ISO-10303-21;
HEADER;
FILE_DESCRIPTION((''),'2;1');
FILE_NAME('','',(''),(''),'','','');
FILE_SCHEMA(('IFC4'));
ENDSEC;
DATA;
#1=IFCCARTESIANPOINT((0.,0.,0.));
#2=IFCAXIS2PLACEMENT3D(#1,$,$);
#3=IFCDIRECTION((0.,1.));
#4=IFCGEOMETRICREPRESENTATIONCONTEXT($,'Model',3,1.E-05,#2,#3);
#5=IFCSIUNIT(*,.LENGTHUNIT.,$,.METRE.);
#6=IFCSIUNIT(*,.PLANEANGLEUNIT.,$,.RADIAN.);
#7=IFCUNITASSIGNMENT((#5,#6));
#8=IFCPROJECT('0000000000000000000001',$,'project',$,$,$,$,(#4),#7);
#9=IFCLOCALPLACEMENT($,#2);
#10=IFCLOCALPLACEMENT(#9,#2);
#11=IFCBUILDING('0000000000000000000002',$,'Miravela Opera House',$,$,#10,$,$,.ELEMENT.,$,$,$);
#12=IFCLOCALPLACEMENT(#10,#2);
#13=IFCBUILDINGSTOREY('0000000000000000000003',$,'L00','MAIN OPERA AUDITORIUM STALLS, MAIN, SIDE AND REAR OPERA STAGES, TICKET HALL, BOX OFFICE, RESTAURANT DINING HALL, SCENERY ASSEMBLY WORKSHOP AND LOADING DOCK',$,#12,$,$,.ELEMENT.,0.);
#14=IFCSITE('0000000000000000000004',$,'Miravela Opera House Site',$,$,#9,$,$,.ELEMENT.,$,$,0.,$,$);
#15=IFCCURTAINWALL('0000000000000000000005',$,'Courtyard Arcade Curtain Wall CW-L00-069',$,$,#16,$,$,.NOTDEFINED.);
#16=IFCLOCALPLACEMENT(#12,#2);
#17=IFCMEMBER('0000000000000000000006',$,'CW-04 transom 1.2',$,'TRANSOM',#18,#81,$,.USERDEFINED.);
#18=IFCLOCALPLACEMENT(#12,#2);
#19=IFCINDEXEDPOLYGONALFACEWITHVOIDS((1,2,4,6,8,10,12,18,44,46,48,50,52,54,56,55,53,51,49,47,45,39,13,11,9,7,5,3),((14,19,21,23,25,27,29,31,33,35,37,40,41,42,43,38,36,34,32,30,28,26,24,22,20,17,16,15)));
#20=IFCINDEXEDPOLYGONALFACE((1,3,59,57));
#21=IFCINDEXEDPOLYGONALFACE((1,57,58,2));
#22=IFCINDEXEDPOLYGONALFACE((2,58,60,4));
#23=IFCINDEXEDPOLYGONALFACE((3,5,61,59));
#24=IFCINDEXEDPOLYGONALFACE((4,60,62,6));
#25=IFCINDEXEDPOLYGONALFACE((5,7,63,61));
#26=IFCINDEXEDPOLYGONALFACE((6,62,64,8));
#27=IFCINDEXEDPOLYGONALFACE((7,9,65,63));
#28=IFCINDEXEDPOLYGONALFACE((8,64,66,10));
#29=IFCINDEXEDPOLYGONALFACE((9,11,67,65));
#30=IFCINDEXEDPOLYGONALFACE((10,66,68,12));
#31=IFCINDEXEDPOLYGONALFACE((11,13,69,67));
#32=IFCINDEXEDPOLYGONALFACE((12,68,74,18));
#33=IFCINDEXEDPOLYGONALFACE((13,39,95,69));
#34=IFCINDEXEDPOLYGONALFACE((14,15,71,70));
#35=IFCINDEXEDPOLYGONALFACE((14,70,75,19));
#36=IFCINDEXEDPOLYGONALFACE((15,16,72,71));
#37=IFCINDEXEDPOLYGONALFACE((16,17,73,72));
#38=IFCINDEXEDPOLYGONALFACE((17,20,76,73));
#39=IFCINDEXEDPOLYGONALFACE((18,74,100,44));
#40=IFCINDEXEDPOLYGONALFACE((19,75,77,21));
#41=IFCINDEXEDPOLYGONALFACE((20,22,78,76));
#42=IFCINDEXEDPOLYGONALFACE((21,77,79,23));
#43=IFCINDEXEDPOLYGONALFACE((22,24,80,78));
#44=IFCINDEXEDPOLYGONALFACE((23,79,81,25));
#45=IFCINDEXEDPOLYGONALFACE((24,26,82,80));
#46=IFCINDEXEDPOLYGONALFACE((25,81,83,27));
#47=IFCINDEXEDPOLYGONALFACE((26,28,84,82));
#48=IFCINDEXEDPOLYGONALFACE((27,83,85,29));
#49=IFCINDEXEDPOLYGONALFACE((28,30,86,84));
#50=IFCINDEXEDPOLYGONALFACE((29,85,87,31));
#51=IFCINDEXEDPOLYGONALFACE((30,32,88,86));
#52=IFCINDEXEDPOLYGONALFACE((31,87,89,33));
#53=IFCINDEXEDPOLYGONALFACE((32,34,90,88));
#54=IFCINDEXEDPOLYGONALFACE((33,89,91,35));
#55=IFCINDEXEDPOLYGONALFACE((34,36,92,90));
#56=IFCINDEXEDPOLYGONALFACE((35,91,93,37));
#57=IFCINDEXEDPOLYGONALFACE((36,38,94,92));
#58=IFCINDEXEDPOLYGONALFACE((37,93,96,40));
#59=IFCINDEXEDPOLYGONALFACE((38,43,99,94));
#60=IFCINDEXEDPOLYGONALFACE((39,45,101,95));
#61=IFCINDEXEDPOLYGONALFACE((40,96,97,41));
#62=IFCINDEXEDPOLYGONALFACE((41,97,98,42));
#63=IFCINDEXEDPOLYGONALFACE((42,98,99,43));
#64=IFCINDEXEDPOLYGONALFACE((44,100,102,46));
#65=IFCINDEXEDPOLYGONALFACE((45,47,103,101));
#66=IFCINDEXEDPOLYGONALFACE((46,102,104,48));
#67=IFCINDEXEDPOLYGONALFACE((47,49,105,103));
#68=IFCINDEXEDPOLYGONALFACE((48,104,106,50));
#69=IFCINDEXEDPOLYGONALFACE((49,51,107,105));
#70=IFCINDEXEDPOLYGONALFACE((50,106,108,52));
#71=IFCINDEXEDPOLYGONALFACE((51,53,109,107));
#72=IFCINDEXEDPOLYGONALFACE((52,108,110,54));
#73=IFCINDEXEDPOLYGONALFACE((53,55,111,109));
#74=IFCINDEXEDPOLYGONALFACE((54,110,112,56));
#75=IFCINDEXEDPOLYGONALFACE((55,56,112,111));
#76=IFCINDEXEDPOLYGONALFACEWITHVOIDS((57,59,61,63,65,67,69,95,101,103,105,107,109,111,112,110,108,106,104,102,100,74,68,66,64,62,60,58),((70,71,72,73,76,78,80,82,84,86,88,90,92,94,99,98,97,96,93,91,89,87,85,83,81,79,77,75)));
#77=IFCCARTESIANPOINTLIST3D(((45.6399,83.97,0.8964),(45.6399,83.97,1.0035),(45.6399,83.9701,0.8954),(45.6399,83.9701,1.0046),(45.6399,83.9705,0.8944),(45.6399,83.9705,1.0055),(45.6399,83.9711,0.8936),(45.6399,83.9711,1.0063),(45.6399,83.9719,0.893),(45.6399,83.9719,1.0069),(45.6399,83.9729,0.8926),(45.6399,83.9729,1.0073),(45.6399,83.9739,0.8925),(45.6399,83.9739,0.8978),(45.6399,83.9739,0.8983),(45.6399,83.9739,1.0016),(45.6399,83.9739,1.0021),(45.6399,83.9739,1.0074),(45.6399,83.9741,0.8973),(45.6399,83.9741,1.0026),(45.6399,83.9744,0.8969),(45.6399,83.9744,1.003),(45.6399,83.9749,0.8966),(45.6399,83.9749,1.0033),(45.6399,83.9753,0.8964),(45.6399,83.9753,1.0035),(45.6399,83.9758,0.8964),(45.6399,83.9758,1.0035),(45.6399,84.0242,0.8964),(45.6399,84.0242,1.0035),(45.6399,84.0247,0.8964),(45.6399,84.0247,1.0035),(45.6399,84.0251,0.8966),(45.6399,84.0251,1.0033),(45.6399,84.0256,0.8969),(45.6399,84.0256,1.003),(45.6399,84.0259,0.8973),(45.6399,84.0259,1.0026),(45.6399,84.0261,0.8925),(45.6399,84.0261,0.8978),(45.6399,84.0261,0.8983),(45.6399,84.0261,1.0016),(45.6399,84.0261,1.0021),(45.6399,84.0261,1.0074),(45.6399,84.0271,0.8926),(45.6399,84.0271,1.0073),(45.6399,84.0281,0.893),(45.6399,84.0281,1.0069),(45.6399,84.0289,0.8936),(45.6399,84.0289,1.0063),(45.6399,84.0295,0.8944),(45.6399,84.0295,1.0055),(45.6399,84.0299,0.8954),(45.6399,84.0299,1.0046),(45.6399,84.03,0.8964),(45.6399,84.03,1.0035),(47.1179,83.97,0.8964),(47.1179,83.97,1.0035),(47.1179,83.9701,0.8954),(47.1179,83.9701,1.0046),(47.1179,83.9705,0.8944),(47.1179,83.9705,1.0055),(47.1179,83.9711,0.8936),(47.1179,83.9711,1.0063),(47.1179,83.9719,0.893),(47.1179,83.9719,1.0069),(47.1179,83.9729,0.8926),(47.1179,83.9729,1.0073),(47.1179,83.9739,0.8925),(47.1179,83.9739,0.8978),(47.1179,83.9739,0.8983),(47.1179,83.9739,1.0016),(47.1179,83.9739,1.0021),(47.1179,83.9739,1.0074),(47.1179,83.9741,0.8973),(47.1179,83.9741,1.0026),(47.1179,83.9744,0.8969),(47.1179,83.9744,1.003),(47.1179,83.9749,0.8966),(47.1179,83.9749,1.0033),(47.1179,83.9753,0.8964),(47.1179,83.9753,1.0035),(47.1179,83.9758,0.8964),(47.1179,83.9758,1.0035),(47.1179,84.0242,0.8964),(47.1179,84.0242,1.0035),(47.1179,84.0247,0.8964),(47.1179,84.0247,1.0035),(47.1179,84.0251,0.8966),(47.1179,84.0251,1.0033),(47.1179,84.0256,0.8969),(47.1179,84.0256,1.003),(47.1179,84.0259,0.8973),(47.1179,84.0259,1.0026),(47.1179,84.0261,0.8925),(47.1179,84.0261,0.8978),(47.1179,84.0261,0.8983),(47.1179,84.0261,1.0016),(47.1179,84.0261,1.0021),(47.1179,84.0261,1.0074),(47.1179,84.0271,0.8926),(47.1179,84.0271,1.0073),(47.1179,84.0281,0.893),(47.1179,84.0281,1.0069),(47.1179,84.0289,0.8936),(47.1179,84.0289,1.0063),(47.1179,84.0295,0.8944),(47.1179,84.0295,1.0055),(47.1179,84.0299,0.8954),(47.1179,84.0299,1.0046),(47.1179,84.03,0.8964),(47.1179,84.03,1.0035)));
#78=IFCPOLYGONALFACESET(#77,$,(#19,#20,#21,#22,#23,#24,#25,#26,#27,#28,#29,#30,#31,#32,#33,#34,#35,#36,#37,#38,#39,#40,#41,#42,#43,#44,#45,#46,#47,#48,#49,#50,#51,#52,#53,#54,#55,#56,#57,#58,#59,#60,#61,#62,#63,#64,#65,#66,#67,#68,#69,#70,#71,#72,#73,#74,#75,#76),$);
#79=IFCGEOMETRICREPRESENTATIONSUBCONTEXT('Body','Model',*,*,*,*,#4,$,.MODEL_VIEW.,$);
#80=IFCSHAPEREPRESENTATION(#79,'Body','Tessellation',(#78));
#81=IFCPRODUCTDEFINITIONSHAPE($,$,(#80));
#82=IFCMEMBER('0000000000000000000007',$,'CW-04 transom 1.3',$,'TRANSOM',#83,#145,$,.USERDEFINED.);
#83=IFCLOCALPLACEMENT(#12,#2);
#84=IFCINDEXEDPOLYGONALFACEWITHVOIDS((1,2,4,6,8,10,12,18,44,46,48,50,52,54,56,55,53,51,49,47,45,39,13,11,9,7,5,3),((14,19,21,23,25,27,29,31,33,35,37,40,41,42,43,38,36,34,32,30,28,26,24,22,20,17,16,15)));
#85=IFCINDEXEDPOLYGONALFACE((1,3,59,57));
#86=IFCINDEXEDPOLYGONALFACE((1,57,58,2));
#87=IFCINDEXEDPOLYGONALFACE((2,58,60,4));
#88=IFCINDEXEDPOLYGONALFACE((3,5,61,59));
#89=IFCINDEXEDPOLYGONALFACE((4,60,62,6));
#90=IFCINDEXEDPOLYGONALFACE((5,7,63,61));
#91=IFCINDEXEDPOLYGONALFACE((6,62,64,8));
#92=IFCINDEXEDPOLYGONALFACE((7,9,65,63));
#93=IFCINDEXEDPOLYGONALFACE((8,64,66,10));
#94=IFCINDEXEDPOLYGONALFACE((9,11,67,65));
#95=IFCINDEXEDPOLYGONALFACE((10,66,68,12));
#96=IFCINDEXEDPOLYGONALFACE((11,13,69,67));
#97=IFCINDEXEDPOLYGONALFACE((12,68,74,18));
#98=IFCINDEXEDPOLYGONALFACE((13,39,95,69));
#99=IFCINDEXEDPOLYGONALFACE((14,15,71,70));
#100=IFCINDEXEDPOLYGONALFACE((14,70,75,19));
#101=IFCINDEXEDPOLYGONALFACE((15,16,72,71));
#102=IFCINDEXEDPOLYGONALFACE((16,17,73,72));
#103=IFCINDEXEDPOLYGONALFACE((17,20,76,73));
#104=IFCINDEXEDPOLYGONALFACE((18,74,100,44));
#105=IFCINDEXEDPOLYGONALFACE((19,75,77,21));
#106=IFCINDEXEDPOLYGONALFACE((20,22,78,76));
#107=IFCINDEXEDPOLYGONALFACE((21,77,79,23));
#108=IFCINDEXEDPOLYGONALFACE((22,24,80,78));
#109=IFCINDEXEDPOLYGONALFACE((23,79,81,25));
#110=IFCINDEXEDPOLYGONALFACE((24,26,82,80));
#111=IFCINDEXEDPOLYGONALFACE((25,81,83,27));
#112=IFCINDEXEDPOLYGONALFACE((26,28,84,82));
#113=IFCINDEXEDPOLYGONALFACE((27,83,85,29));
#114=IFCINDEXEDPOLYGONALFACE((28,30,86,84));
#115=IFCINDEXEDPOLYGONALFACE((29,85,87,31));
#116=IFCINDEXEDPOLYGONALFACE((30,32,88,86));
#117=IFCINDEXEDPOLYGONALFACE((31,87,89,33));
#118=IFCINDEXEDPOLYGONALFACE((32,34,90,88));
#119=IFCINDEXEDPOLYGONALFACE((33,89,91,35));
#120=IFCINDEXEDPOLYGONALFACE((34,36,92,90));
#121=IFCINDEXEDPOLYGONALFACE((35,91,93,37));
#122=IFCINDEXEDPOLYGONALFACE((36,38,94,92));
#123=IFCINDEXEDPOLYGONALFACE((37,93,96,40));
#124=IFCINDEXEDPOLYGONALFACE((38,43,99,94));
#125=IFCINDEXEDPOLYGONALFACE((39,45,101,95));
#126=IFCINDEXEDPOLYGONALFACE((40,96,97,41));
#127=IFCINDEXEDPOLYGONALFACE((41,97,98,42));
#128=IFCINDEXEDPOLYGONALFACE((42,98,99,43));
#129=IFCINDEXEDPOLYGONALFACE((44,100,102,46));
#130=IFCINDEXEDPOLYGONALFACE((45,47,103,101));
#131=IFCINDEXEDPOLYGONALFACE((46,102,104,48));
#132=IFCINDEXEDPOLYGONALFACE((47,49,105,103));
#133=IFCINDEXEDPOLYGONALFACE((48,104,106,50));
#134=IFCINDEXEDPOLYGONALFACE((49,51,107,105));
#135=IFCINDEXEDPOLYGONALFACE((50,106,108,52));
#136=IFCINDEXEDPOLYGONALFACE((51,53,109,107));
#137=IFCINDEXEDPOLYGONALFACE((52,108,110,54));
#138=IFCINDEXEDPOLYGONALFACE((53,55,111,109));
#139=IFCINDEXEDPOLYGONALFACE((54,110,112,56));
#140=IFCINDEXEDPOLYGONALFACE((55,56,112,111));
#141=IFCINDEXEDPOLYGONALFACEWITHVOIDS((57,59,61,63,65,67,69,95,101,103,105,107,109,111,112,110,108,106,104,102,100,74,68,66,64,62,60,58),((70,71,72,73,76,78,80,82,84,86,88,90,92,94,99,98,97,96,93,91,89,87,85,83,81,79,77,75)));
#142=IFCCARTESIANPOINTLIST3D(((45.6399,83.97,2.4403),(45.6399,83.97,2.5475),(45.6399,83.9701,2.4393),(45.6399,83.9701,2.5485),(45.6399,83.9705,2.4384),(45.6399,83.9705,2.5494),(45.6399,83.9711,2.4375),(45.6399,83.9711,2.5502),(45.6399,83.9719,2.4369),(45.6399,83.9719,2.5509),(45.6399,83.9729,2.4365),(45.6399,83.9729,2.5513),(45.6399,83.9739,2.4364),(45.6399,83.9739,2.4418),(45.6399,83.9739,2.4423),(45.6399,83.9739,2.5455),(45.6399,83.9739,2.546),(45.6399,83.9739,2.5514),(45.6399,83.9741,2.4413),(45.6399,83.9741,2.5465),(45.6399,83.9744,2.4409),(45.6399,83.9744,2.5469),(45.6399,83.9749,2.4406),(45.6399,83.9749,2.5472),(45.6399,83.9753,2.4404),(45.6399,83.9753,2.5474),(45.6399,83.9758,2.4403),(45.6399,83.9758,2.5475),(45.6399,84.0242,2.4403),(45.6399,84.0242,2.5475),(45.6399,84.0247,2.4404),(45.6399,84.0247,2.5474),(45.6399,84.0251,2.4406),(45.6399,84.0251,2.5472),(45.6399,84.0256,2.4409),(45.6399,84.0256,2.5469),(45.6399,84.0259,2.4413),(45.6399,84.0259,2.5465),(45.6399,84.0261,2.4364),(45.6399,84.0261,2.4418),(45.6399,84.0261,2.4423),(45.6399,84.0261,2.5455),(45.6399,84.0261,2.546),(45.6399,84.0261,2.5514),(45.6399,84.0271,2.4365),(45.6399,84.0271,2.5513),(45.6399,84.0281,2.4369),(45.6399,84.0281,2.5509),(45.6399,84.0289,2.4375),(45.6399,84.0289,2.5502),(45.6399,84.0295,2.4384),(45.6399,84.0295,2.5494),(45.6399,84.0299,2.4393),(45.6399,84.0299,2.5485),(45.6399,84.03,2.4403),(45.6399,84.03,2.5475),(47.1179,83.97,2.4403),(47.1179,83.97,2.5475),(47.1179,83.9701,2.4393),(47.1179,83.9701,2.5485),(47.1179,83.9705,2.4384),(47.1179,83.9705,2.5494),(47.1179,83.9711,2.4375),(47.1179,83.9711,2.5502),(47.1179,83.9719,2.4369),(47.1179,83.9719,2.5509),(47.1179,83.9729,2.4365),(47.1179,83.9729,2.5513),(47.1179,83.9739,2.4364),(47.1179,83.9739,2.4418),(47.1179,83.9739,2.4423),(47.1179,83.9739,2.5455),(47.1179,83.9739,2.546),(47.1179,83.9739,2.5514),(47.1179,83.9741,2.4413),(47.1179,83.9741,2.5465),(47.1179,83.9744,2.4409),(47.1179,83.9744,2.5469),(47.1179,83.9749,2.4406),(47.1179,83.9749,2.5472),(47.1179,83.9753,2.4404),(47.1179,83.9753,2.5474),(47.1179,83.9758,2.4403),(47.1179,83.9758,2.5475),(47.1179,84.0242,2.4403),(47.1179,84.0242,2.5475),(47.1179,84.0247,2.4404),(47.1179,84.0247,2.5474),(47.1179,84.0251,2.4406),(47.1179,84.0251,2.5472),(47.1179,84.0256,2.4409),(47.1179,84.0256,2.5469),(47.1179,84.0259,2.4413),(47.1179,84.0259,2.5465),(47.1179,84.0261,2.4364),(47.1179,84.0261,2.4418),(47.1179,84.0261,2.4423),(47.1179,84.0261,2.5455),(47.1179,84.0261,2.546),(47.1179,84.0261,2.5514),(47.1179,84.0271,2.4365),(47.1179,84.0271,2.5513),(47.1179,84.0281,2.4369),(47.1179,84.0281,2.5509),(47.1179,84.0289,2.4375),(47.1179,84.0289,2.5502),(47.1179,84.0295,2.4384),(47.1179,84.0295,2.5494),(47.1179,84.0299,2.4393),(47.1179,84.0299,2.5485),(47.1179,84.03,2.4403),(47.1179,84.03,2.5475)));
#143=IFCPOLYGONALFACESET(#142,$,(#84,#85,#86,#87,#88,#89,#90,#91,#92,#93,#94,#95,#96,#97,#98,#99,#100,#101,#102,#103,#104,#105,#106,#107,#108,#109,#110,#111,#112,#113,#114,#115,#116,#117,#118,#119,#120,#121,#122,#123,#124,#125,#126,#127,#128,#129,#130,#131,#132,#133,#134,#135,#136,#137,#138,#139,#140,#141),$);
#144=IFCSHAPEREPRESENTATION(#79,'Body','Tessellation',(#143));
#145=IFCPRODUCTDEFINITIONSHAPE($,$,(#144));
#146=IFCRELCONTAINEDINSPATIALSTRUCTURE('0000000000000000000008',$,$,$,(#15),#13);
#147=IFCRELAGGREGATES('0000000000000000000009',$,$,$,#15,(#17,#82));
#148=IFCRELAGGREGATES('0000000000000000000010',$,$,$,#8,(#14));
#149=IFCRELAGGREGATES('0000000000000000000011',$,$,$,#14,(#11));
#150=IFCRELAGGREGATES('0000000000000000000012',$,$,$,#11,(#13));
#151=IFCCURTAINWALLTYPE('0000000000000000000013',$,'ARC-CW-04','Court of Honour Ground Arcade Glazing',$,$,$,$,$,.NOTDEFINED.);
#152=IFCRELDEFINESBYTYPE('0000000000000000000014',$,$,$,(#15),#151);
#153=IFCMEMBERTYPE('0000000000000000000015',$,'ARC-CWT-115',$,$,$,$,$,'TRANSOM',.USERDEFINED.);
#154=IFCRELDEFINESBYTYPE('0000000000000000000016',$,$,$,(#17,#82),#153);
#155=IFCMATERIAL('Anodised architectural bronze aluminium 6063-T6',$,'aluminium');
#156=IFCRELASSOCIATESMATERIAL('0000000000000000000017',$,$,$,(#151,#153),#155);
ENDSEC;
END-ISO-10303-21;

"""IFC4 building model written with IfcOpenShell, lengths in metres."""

from ifc_helpers import new_model, si_unit, direction, frame, origin, origin_2d, place, context, subcontext, project, spatial, hollow_rectangle, extrude, material, material_profile, profile_set, type_object, element, aggregate, save


model = new_model("IFC4")

# Units and contexts
model_context = context("Model", 3, precision=1e-05, world=origin(), true_north=direction((0.0, 1.0)))
body_context = subcontext(model_context, "Body", "Model", "MODEL_VIEW")
ifc_project = project(units=[si_unit("LENGTHUNIT", "METRE"), si_unit("PLANEANGLEUNIT", "RADIAN")], contexts=[model_context])

# Site, building, storey
site_placement = place(None, origin())
site = spatial("IfcSite", under=ifc_project, at=site_placement, Name="Miravela Opera House Site", CompositionType="ELEMENT", RefElevation=0.0)
building_placement = place(site_placement, origin())
building = spatial("IfcBuilding", under=site, at=building_placement, Name="Miravela Opera House", CompositionType="ELEMENT")
storey_placement = place(building_placement, origin())
storey = spatial("IfcBuildingStorey", under=building, at=storey_placement, Name="L00", Description="MAIN OPERA AUDITORIUM STALLS, MAIN, SIDE AND REAR OPERA STAGES, TICKET HALL, BOX OFFICE, RESTAURANT DINING HALL, SCENERY ASSEMBLY WORKSHOP AND LOADING DOCK", CompositionType="ELEMENT", Elevation=0.0)

# Shared definitions
ifc_material_1 = material(Name="Anodised architectural bronze aluminium 6063-T6", Category="aluminium")
curtain_wall_type = type_object("IfcCurtainWallType", Name="ARC-CW-04", Description="Court of Honour Ground Arcade Glazing", PredefinedType="NOTDEFINED", material=ifc_material_1)

# Curtain wall, members
curtain_wall_1_placement = place(storey_placement, origin())
curtain_wall_1 = element("IfcCurtainWall", 1, at=curtain_wall_1_placement, inside=storey, type_object=curtain_wall_type, Name="Courtyard Arcade Curtain Wall CW-L00-069", PredefinedType="NOTDEFINED")
ifc_material_profile_1 = material_profile(ifc_material_1, hollow_rectangle(XDim=0.0601, YDim=0.115, WallThickness=0.0039, InnerFilletRadius=0.002, OuterFilletRadius=0.0039, at=origin_2d()), Name="CWT-60X115")
ifc_profile_set_1 = profile_set([ifc_material_profile_1])
member_type_1 = type_object("IfcMemberType", Name="ARC-CWT-115", ElementType="TRANSOM", PredefinedType="USERDEFINED", material=ifc_profile_set_1)
member_1_placement = place(storey_placement, frame((45.6399, 84.0, 0.95), z_axis=(1.0, 0.0, 0.0), x_axis=(0.0, 1.0, 0.0)))
member_1 = element("IfcMember", 2, at=member_1_placement, type_object=member_type_1, Name="CW-04 transom 1.2", ObjectType="TRANSOM", PredefinedType="USERDEFINED", context=body_context, shape_type="SweptSolid", body=[
    extrude(hollow_rectangle(XDim=0.0601, YDim=0.115, WallThickness=0.0039, InnerFilletRadius=0.002, OuterFilletRadius=0.0039, at=origin_2d()), origin(), (0.0, 0.0, 1.0), 1.478),
])
member_2_placement = place(storey_placement, frame((45.6399, 84.0, 2.4939), z_axis=(1.0, 0.0, 0.0), x_axis=(0.0, 1.0, 0.0)))
member_2 = element("IfcMember", 3, at=member_2_placement, type_object=member_type_1, Name="CW-04 transom 1.3", ObjectType="TRANSOM", PredefinedType="USERDEFINED", context=body_context, shape_type="SweptSolid", body=[
    extrude(hollow_rectangle(XDim=0.0601, YDim=0.115, WallThickness=0.0039, InnerFilletRadius=0.002, OuterFilletRadius=0.0039, at=origin_2d()), origin(), (0.0, 0.0, 1.0), 1.478),
])

aggregate(curtain_wall_1, [member_1, member_2])

save(model, "model.ifc")
